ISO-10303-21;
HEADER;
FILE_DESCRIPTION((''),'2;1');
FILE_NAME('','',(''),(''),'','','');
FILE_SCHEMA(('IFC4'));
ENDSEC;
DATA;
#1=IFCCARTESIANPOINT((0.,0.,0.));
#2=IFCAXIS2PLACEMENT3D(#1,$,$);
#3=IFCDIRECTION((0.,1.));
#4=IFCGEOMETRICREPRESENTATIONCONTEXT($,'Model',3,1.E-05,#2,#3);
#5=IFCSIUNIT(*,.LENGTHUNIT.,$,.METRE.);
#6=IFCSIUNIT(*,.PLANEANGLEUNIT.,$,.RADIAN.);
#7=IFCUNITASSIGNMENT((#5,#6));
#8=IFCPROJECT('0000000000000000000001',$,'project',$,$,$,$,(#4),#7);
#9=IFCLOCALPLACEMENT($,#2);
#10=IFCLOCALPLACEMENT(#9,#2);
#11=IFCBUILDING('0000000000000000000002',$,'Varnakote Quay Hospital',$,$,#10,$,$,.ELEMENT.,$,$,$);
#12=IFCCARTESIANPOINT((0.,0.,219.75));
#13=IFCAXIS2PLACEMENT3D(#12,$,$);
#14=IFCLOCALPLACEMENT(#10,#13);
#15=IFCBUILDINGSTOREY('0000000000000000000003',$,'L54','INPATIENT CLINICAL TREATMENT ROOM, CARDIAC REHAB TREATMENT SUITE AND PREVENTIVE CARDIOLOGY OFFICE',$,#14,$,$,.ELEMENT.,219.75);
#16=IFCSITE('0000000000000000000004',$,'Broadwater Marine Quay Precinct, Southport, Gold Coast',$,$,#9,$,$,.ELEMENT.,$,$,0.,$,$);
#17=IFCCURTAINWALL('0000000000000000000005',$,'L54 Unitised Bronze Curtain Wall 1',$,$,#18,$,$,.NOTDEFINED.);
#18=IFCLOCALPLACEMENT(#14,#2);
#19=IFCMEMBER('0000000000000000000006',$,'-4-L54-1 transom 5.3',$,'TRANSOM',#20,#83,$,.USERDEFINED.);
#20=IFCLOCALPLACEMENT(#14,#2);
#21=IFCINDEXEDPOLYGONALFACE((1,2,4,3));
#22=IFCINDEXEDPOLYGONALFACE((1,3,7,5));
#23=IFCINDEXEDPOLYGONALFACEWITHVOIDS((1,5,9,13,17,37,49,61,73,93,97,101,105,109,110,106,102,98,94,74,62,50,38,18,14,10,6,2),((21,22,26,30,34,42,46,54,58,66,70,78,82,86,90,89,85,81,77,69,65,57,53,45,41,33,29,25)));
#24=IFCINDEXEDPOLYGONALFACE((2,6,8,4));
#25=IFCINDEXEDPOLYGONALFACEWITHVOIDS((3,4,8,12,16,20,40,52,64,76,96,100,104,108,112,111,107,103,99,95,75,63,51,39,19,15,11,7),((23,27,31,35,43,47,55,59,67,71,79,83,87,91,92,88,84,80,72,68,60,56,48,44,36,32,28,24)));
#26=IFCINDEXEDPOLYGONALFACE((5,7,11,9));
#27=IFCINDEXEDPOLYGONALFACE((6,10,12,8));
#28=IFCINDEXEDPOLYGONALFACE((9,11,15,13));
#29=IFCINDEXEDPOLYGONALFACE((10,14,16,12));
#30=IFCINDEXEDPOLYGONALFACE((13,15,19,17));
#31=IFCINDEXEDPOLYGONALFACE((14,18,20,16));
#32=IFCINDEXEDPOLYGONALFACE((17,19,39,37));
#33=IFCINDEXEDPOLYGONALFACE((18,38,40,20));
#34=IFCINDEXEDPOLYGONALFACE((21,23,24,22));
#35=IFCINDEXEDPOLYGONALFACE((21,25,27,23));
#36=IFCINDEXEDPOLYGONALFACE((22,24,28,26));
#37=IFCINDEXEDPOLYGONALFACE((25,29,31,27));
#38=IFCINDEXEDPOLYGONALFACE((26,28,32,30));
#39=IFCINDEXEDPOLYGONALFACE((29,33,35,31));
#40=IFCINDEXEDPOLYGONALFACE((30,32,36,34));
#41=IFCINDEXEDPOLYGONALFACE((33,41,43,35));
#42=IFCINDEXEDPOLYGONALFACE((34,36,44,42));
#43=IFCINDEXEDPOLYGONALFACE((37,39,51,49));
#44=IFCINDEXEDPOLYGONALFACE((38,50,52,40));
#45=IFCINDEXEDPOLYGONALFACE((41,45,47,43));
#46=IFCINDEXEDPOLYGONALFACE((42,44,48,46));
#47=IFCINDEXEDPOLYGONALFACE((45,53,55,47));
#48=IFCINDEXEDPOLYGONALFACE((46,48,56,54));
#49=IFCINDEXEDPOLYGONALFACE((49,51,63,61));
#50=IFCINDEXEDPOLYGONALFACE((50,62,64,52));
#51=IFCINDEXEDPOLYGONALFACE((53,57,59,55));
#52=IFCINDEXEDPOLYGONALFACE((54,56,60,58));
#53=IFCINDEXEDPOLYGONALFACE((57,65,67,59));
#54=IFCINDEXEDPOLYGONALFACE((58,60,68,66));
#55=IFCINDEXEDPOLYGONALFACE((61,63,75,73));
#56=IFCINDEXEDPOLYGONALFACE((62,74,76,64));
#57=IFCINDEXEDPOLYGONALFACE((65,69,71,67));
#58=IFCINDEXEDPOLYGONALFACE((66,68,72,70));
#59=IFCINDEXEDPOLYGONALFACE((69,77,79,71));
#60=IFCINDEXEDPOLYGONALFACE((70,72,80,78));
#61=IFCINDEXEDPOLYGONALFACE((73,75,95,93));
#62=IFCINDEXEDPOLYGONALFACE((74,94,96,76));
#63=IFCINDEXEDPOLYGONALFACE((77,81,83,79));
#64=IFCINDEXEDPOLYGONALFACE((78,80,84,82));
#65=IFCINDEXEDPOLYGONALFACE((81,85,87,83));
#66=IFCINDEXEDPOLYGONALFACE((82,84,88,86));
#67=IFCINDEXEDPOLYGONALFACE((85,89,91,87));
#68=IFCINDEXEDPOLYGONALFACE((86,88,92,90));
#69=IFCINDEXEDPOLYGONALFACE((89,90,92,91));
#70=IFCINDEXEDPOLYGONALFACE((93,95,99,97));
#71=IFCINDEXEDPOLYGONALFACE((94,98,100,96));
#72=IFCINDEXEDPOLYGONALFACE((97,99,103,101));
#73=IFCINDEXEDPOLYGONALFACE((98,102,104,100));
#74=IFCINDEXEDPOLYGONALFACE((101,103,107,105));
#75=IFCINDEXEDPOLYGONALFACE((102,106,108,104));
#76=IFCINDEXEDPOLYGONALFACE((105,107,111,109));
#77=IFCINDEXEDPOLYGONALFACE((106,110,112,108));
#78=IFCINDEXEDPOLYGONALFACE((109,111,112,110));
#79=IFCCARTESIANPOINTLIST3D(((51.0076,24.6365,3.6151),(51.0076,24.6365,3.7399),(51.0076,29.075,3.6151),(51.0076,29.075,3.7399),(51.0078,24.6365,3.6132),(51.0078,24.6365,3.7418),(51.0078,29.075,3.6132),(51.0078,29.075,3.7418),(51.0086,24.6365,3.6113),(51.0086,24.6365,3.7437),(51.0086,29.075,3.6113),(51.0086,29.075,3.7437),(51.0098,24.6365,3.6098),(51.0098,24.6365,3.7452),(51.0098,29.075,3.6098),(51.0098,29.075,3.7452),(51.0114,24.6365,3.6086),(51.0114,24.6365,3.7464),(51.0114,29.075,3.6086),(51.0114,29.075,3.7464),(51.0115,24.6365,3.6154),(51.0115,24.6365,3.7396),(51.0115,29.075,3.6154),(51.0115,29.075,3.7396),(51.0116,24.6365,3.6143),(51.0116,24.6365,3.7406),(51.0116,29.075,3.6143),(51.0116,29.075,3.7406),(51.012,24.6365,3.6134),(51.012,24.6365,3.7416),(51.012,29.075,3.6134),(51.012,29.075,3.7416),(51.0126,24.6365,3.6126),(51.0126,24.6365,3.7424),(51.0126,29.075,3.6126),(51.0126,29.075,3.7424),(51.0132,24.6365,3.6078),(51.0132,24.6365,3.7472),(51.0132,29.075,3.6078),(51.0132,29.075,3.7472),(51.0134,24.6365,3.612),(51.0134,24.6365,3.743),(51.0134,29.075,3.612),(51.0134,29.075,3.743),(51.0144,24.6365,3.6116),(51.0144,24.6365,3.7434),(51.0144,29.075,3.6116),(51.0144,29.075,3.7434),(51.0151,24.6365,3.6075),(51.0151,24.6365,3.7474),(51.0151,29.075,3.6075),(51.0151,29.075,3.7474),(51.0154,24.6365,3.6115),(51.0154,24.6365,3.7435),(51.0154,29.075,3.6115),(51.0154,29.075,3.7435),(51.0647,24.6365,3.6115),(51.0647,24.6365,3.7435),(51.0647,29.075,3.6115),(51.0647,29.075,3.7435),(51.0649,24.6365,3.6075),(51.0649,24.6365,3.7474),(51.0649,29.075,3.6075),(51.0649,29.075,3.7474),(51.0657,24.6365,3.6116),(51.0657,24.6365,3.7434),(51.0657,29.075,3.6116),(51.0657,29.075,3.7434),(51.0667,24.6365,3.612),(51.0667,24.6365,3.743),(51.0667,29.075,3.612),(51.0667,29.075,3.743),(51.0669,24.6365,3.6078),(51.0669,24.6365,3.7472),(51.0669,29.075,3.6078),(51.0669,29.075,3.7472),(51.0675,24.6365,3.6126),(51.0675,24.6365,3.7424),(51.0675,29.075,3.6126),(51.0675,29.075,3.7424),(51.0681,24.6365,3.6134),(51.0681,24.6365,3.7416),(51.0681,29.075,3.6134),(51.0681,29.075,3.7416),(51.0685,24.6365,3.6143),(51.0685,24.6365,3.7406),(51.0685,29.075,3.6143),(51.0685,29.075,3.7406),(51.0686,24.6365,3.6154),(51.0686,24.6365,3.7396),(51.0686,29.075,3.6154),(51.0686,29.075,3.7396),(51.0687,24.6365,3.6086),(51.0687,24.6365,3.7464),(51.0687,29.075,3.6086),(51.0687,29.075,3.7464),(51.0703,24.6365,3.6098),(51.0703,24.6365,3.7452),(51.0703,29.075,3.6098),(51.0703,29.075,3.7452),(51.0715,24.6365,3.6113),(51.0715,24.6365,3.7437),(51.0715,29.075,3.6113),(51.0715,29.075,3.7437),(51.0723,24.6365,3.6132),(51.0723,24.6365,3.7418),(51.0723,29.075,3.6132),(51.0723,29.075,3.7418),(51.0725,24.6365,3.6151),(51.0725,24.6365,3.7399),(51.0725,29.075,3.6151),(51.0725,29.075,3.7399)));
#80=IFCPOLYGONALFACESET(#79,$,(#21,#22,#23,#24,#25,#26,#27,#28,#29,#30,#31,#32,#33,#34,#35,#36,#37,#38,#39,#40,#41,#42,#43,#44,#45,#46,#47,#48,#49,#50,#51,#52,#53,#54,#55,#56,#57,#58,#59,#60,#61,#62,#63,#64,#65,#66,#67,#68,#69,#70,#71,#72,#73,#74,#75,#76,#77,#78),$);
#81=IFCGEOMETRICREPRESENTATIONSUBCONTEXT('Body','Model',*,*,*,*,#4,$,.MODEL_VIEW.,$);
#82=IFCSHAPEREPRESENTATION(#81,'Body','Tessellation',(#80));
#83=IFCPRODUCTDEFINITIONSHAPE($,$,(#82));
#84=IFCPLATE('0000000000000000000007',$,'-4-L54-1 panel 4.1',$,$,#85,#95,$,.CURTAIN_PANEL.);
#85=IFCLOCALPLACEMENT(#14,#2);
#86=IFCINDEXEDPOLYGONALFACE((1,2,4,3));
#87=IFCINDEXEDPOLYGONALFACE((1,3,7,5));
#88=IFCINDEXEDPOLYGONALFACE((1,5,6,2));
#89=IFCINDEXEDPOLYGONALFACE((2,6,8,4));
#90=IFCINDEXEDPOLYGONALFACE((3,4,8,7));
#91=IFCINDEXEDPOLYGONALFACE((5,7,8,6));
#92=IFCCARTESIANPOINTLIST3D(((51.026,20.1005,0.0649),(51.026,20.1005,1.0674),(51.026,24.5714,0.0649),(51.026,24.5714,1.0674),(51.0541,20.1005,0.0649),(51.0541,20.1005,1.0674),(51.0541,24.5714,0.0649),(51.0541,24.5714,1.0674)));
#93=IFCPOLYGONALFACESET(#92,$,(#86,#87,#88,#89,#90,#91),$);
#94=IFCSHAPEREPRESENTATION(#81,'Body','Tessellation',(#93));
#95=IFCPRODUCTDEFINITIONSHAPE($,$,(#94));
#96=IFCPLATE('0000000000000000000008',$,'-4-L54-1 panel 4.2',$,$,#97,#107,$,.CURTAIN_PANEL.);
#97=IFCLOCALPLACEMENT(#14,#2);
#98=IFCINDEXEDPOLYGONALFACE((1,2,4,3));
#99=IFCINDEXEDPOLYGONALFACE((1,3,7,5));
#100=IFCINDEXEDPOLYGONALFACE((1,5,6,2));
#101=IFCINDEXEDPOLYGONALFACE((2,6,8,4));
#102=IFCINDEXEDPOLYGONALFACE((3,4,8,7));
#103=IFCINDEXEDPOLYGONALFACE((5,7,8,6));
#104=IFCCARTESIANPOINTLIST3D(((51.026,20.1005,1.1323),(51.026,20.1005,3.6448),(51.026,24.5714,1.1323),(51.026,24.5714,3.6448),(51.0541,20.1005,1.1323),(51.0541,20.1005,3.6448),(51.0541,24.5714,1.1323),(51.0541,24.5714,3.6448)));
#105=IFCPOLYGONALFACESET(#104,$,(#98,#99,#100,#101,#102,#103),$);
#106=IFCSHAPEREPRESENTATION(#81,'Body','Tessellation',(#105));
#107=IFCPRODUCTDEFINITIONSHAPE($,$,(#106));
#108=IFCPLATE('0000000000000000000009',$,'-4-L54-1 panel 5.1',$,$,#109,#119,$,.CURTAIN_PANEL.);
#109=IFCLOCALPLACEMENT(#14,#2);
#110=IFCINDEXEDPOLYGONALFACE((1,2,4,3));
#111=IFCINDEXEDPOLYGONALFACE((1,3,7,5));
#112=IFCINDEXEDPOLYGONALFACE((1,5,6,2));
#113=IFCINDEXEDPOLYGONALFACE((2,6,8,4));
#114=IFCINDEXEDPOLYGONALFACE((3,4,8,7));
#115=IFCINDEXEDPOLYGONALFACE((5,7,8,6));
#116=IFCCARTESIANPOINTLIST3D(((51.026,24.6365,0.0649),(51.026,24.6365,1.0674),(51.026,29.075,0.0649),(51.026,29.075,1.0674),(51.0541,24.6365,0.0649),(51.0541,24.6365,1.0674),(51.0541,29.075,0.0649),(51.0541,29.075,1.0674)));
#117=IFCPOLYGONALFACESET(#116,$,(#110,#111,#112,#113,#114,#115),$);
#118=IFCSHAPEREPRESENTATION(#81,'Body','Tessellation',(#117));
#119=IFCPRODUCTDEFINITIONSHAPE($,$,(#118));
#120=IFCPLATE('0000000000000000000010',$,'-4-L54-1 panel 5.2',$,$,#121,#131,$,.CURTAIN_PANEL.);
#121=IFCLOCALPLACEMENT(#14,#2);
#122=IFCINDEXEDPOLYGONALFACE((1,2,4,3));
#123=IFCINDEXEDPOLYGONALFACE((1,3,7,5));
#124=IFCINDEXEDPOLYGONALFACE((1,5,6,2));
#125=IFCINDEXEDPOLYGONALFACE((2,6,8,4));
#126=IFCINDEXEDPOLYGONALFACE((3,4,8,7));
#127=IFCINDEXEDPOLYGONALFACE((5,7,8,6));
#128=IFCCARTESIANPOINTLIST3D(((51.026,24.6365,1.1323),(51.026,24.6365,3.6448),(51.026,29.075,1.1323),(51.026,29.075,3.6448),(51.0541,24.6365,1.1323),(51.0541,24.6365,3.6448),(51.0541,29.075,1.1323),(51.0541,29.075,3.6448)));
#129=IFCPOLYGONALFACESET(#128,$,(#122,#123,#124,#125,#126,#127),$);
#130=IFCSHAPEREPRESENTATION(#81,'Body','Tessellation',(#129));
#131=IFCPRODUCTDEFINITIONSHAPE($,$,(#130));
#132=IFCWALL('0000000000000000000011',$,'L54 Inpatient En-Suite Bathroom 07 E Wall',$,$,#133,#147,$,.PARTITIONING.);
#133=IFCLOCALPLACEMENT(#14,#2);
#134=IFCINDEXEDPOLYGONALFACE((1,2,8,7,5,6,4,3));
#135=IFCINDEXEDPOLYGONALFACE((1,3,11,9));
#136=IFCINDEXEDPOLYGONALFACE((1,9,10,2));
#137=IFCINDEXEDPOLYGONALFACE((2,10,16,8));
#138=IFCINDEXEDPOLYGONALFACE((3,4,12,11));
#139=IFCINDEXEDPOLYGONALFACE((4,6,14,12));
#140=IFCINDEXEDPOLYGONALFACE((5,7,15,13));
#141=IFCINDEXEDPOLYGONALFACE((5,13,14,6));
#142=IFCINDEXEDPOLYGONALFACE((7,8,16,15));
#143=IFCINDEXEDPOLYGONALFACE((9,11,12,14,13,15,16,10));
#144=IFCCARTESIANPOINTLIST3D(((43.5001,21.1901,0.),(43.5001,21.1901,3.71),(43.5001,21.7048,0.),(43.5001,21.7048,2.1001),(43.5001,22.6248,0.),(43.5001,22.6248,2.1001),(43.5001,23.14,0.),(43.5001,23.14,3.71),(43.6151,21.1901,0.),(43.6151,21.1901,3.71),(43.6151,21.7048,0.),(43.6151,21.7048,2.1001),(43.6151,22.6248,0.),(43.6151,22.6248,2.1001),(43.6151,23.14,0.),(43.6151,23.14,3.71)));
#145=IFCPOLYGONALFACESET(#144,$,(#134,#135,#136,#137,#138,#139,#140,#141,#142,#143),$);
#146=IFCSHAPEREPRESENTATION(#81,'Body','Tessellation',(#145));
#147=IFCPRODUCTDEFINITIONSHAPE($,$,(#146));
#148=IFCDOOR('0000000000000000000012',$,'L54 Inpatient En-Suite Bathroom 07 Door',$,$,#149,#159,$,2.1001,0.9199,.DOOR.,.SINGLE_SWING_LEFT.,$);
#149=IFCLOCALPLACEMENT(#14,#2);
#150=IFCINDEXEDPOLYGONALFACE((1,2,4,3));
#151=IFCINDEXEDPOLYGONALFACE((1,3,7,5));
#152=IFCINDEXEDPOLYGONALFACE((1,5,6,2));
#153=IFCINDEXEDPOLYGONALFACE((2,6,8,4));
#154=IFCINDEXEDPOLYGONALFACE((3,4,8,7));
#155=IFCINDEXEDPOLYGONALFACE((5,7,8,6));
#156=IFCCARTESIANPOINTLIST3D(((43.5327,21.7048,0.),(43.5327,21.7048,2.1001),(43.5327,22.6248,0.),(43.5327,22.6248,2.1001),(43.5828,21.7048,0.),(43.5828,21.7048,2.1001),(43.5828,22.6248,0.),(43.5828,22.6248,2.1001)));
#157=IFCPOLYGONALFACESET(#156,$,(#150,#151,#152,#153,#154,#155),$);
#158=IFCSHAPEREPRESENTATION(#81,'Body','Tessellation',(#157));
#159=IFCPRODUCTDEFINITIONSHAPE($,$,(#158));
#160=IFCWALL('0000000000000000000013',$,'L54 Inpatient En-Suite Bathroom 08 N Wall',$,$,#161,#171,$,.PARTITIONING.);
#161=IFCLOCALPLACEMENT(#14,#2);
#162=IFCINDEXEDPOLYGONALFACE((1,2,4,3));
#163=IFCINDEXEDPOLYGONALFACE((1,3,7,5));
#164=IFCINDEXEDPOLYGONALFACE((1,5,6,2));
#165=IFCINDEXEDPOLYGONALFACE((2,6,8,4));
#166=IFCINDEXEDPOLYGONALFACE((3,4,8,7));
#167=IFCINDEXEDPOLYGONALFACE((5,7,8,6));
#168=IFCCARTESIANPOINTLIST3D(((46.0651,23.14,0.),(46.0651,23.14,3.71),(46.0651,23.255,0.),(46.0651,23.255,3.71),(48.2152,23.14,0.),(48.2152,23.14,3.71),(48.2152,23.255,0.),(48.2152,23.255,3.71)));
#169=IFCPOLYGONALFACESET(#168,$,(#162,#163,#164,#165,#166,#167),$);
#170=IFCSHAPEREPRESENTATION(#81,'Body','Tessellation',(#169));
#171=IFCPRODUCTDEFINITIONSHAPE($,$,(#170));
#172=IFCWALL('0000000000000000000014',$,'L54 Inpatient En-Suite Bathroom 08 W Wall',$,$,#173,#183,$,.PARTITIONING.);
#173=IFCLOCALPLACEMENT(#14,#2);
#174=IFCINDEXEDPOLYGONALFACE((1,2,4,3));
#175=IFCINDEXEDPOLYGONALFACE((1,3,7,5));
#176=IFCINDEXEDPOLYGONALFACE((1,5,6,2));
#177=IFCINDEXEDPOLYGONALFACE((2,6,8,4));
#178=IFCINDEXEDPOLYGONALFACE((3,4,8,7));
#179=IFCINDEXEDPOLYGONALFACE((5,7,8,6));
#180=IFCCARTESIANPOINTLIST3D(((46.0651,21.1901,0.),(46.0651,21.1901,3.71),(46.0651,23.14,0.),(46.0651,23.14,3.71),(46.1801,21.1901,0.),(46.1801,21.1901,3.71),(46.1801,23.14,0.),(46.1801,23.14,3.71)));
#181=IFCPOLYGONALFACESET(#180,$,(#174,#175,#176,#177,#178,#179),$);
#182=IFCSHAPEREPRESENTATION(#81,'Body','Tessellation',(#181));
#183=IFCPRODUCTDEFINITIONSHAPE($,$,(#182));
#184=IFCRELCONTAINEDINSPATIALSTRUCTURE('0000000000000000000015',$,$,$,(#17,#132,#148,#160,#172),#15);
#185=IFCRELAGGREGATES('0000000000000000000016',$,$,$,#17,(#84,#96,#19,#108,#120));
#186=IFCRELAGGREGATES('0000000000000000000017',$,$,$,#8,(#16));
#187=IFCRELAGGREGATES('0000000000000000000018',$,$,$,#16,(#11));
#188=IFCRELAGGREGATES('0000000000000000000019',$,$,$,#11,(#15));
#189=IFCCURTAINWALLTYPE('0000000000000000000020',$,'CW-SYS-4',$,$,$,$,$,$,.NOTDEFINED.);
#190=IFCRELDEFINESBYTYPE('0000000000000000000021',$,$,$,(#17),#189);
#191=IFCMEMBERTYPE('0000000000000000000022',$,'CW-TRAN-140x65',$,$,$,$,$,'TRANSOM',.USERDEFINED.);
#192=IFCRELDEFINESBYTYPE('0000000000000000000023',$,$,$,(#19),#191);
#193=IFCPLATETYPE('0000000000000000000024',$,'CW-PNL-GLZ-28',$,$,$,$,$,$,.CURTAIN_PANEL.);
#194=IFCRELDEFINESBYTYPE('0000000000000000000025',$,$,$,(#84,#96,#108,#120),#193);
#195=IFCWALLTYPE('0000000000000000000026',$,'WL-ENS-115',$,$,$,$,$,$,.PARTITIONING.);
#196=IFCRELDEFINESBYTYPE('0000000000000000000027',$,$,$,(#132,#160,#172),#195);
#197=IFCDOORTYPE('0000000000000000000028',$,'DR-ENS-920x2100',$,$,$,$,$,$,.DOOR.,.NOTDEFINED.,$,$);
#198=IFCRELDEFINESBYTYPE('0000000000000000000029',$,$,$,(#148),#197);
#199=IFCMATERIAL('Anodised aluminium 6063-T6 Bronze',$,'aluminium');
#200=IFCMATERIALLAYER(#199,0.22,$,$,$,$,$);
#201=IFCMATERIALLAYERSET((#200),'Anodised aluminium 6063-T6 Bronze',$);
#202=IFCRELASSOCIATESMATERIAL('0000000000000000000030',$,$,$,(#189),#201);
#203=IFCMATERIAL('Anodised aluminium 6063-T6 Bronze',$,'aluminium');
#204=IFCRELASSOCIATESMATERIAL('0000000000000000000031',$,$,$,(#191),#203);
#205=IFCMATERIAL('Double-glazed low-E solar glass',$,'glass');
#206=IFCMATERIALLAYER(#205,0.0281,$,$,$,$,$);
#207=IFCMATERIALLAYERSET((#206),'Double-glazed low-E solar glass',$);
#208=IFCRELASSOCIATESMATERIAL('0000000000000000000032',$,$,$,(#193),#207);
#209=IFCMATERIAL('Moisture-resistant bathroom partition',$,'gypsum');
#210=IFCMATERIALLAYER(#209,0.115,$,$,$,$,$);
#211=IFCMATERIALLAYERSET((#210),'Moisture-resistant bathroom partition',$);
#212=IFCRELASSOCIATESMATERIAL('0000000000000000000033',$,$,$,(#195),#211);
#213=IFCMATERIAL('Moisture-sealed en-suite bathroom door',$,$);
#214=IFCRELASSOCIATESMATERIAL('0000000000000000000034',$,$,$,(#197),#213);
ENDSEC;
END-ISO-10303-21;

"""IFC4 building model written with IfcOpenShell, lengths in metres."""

from ifc_helpers import new_model, si_unit, direction, frame, frame_2d, origin, origin_2d, place, context, subcontext, project, spatial, rectangle, hollow_rectangle, extrude, material, layer, layer_set, material_profile, profile_set, type_object, element, fill, aggregate, save


model = new_model("IFC4")

# Units and contexts
model_context = context("Model", 3, precision=1e-05, world=origin(), true_north=direction((0.0, 1.0)))
body_context = subcontext(model_context, "Body", "Model", "MODEL_VIEW")
ifc_project = project(units=[si_unit("LENGTHUNIT", "METRE"), si_unit("PLANEANGLEUNIT", "RADIAN")], contexts=[model_context])

# Site, building, storey
site_placement = place(None, origin())
site = spatial("IfcSite", under=ifc_project, at=site_placement, Name="Broadwater Marine Quay Precinct, Southport, Gold Coast", CompositionType="ELEMENT", RefElevation=0.0)
building_placement = place(site_placement, origin())
building = spatial("IfcBuilding", under=site, at=building_placement, Name="Varnakote Quay Hospital", CompositionType="ELEMENT")
storey_placement = place(building_placement, frame((0.0, 0.0, 219.75)))
storey = spatial("IfcBuildingStorey", under=building, at=storey_placement, Name="L54", Description="INPATIENT CLINICAL TREATMENT ROOM, CARDIAC REHAB TREATMENT SUITE AND PREVENTIVE CARDIOLOGY OFFICE", CompositionType="ELEMENT", Elevation=219.75)

# Curtain wall, member, plates
ifc_material_1 = material(Name="Anodised aluminium 6063-T6 Bronze", Category="aluminium")
ifc_layer_1 = layer(ifc_material_1, 0.22)
ifc_layer_set_1 = layer_set([ifc_layer_1], Name="Anodised aluminium 6063-T6 Bronze")
curtain_wall_type = type_object("IfcCurtainWallType", Name="CW-SYS-4", PredefinedType="NOTDEFINED", material=ifc_layer_set_1)
curtain_wall_placement = place(storey_placement, origin())
curtain_wall = element("IfcCurtainWall", 1, at=curtain_wall_placement, inside=storey, type_object=curtain_wall_type, Name="L54 Unitised Bronze Curtain Wall 1", PredefinedType="NOTDEFINED")
ifc_material_2 = material(Name="Anodised aluminium 6063-T6 Bronze", Category="aluminium")
ifc_material_profile_1 = material_profile(ifc_material_2, hollow_rectangle(XDim=0.0649, YDim=0.1399, WallThickness=0.0039, InnerFilletRadius=0.0039, OuterFilletRadius=0.0076, at=origin_2d()), Name="CW-TRAN-140x65")
ifc_profile_set_1 = profile_set([ifc_material_profile_1], Name="Anodised aluminium 6063-T6 Bronze")
member_type_1 = type_object("IfcMemberType", Name="CW-TRAN-140x65", ElementType="TRANSOM", PredefinedType="USERDEFINED", material=ifc_profile_set_1)
member_1_placement = place(storey_placement, frame((51.04, 24.6365, 3.6775), z_axis=(0.0, 1.0, 0.0), x_axis=(-1.0, 0.0, 0.0)))
member_1 = element("IfcMember", 2, at=member_1_placement, type_object=member_type_1, Name="-4-L54-1 transom 5.3", ObjectType="TRANSOM", PredefinedType="USERDEFINED", context=body_context, shape_type="SweptSolid", body=[
    extrude(hollow_rectangle(XDim=0.0649, YDim=0.1399, WallThickness=0.0039, InnerFilletRadius=0.0039, OuterFilletRadius=0.0076, at=origin_2d()), origin(), (0.0, 0.0, 1.0), 4.4385),
])
ifc_material_3 = material(Name="Double-glazed low-E solar glass", Category="glass")
ifc_layer_2 = layer(ifc_material_3, 0.0281)
ifc_layer_set_2 = layer_set([ifc_layer_2], Name="Double-glazed low-E solar glass")
plate_type = type_object("IfcPlateType", Name="CW-PNL-GLZ-28", PredefinedType="CURTAIN_PANEL", material=ifc_layer_set_2)
plate_1_placement = place(storey_placement, frame((51.04, 22.3359, 0.0649), z_axis=(0.0, 0.0, 1.0), x_axis=(0.0, 1.0, 0.0)))
plate_1 = element("IfcPlate", 3, at=plate_1_placement, type_object=plate_type, Name="-4-L54-1 panel 4.1", PredefinedType="CURTAIN_PANEL", context=body_context, shape_type="SweptSolid", body=[
    extrude(rectangle(XDim=4.4709, YDim=0.0281, at=origin_2d()), origin(), (0.0, 0.0, 1.0), 1.0024),
])
plate_2_placement = place(storey_placement, frame((51.04, 22.3359, 1.1323), z_axis=(0.0, 0.0, 1.0), x_axis=(0.0, 1.0, 0.0)))
plate_2 = element("IfcPlate", 4, at=plate_2_placement, type_object=plate_type, Name="-4-L54-1 panel 4.2", PredefinedType="CURTAIN_PANEL", context=body_context, shape_type="SweptSolid", body=[
    extrude(rectangle(XDim=4.4709, YDim=0.0281, at=origin_2d()), origin(), (0.0, 0.0, 1.0), 2.5125),
])
plate_3_placement = place(storey_placement, frame((51.04, 26.8557, 0.0649), z_axis=(0.0, 0.0, 1.0), x_axis=(0.0, 1.0, 0.0)))
plate_3 = element("IfcPlate", 5, at=plate_3_placement, type_object=plate_type, Name="-4-L54-1 panel 5.1", PredefinedType="CURTAIN_PANEL", context=body_context, shape_type="SweptSolid", body=[
    extrude(rectangle(XDim=4.4385, YDim=0.0281, at=origin_2d()), origin(), (0.0, 0.0, 1.0), 1.0024),
])
plate_4_placement = place(storey_placement, frame((51.04, 26.8557, 1.1323), z_axis=(0.0, 0.0, 1.0), x_axis=(0.0, 1.0, 0.0)))
plate_4 = element("IfcPlate", 6, at=plate_4_placement, type_object=plate_type, Name="-4-L54-1 panel 5.2", PredefinedType="CURTAIN_PANEL", context=body_context, shape_type="SweptSolid", body=[
    extrude(rectangle(XDim=4.4385, YDim=0.0281, at=origin_2d()), origin(), (0.0, 0.0, 1.0), 2.5125),
])
aggregate(curtain_wall, [plate_1, plate_2, member_1, plate_3, plate_4])

# Wall, opening, door
ifc_material_4 = material(Name="Moisture-resistant bathroom partition", Category="gypsum")
ifc_layer_3 = layer(ifc_material_4, 0.115)
ifc_layer_set_3 = layer_set([ifc_layer_3], Name="Moisture-resistant bathroom partition")
wall_type_1 = type_object("IfcWallType", Name="WL-ENS-115", PredefinedType="PARTITIONING", material=ifc_layer_set_3)
wall_1_placement = place(storey_placement, frame((43.5576, 21.1899, 0.0), z_axis=(0.0, 0.0, 1.0), x_axis=(0.0, 1.0, 0.0)))
wall_1 = element("IfcWall", 7, at=wall_1_placement, inside=storey, type_object=wall_type_1, Name="L54 Inpatient En-Suite Bathroom 07 E Wall", PredefinedType="PARTITIONING", context=body_context, shape_type="SweptSolid", body=[
    extrude(rectangle(XDim=1.95, YDim=0.115, at=frame_2d((0.9751, 0.0))), origin(), (0.0, 0.0, 1.0), 3.71),
])
opening_1_placement = place(wall_1_placement, frame((0.5149, 0.0, 0.0)))
opening_1 = element("IfcOpeningElement", 8, at=opening_1_placement, cuts=wall_1, PredefinedType="OPENING", context=body_context, shape_type="SweptSolid", body=[
    extrude(rectangle(XDim=0.9199, YDim=2.1001, at=frame_2d((0.46, 1.05))), frame((0.0, 0.0674, 0.0), z_axis=(0.0, -1.0, 0.0), x_axis=(1.0, 0.0, 0.0)), (0.0, 0.0, 1.0), 0.135),
])
ifc_material_5 = material(Name="Moisture-sealed en-suite bathroom door")
door_type_1 = type_object("IfcDoorType", Name="DR-ENS-920x2100", OperationType="NOTDEFINED", PredefinedType="DOOR", material=ifc_material_5)
door_1_placement = place(opening_1_placement, origin())
door_1 = element("IfcDoor", 9, at=door_1_placement, inside=storey, type_object=door_type_1, Name="L54 Inpatient En-Suite Bathroom 07 Door", OperationType="SINGLE_SWING_LEFT", OverallHeight=2.1001, OverallWidth=0.9199, PredefinedType="DOOR", context=body_context, shape_type="SweptSolid", body=[
    extrude(rectangle(XDim=0.9199, YDim=2.1001, at=frame_2d((0.46, 1.05))), frame((0.0, 0.0249, 0.0), z_axis=(0.0, -1.0, 0.0), x_axis=(1.0, 0.0, 0.0)), (0.0, 0.0, 1.0), 0.05),
])
fill(opening_1, door_1)

# Walls
wall_2_placement = place(storey_placement, frame((46.0649, 23.1975, 0.0), z_axis=(0.0, 0.0, 1.0), x_axis=(1.0, 0.0, 0.0)))
element("IfcWall", 10, at=wall_2_placement, inside=storey, type_object=wall_type_1, Name="L54 Inpatient En-Suite Bathroom 08 N Wall", PredefinedType="PARTITIONING", context=body_context, shape_type="SweptSolid", body=[
    extrude(rectangle(XDim=2.1501, YDim=0.115, at=frame_2d((1.0752, 0.0))), origin(), (0.0, 0.0, 1.0), 3.71),
])
wall_3_placement = place(storey_placement, frame((46.1226, 21.1899, 0.0), z_axis=(0.0, 0.0, 1.0), x_axis=(0.0, 1.0, 0.0)))
element("IfcWall", 11, at=wall_3_placement, inside=storey, type_object=wall_type_1, Name="L54 Inpatient En-Suite Bathroom 08 W Wall", PredefinedType="PARTITIONING", context=body_context, shape_type="SweptSolid", body=[
    extrude(rectangle(XDim=1.95, YDim=0.115, at=frame_2d((0.9751, 0.0))), origin(), (0.0, 0.0, 1.0), 3.71),
])

save(model, "model.ifc")
